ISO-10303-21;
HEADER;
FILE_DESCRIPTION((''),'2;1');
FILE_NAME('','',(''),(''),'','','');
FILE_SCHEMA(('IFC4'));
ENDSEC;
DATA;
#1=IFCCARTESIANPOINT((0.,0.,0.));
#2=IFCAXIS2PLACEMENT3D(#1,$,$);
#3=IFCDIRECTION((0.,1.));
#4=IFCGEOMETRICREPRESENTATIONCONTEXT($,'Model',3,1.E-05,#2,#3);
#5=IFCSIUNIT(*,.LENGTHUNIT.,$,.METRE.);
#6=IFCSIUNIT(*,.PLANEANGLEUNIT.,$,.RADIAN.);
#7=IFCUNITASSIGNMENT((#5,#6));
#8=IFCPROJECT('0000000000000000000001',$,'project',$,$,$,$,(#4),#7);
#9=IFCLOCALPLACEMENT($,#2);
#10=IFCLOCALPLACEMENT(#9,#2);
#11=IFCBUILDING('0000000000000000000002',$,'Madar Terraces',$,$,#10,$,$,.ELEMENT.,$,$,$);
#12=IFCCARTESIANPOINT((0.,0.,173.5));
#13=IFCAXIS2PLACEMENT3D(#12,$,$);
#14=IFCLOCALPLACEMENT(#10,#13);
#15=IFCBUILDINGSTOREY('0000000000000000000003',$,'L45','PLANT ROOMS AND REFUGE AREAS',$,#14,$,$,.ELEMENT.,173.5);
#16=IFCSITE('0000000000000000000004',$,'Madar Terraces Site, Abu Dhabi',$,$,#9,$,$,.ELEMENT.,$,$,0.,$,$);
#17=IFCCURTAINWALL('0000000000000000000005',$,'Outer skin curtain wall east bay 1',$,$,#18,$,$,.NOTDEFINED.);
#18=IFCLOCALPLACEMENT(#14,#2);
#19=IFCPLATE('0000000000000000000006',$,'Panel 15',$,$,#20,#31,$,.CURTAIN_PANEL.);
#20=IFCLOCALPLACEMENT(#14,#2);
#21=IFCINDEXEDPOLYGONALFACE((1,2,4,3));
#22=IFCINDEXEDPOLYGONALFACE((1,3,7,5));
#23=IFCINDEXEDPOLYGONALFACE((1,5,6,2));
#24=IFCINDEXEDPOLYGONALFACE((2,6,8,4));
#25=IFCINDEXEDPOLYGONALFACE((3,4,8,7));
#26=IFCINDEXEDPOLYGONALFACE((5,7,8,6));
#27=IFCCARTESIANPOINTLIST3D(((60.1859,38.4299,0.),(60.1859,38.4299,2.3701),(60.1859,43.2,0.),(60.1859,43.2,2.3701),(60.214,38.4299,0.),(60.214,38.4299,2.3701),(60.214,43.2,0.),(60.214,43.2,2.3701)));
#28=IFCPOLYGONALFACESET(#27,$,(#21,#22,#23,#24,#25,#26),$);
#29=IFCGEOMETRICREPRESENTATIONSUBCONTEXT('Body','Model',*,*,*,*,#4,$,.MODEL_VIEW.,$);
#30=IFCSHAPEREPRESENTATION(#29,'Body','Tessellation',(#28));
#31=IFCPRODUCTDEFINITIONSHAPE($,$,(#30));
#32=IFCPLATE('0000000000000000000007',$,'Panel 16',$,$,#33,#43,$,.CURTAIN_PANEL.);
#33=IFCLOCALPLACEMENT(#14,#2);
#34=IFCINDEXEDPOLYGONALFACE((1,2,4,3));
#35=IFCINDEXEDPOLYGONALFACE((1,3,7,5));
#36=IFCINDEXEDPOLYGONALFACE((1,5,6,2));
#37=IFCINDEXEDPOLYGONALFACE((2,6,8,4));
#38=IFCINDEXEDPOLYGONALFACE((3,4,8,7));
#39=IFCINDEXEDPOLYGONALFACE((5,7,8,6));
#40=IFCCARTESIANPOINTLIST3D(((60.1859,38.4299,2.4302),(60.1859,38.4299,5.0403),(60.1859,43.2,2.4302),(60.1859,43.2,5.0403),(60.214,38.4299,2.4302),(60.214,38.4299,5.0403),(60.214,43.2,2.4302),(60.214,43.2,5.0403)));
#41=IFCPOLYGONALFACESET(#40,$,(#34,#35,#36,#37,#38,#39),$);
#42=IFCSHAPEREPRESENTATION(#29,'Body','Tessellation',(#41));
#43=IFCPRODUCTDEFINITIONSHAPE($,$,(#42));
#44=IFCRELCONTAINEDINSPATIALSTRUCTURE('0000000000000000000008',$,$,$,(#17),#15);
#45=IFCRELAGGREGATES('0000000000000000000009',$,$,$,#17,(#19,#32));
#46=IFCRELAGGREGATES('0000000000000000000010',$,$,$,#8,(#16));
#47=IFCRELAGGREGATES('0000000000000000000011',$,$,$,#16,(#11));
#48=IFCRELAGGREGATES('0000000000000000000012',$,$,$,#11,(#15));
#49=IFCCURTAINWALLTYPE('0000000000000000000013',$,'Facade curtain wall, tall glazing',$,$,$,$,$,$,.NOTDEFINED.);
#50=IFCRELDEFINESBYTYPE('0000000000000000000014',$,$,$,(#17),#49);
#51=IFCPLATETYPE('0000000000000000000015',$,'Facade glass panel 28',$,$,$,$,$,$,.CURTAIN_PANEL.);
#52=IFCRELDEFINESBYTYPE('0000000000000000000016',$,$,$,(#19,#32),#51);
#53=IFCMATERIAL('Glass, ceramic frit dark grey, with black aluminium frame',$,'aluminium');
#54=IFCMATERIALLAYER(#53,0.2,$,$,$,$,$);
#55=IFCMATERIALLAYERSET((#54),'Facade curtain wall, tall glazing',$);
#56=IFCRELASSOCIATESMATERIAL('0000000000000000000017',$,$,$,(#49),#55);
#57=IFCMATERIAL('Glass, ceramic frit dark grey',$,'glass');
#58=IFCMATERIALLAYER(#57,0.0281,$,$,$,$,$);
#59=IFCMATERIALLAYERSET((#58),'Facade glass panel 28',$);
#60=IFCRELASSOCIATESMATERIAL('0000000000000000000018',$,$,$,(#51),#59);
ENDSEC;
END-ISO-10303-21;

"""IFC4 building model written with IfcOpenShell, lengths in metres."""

from ifc_helpers import new_model, si_unit, direction, frame, origin, origin_2d, place, context, subcontext, project, spatial, rectangle, extrude, material, layer, layer_set, type_object, element, aggregate, save


model = new_model("IFC4")

# Units and contexts
model_context = context("Model", 3, precision=1e-05, world=origin(), true_north=direction((0.0, 1.0)))
body_context = subcontext(model_context, "Body", "Model", "MODEL_VIEW")
ifc_project = project(units=[si_unit("LENGTHUNIT", "METRE"), si_unit("PLANEANGLEUNIT", "RADIAN")], contexts=[model_context])

# Site, building, storey
site_placement = place(None, origin())
site = spatial("IfcSite", under=ifc_project, at=site_placement, Name="Madar Terraces Site, Abu Dhabi", CompositionType="ELEMENT", RefElevation=0.0)
building_placement = place(site_placement, origin())
building = spatial("IfcBuilding", under=site, at=building_placement, Name="Madar Terraces", CompositionType="ELEMENT")
storey_placement = place(building_placement, frame((0.0, 0.0, 173.5)))
storey = spatial("IfcBuildingStorey", under=building, at=storey_placement, Name="L45", Description="PLANT ROOMS AND REFUGE AREAS", CompositionType="ELEMENT", Elevation=173.5)

# Curtain wall
ifc_material_1 = material(Name="Glass, ceramic frit dark grey, with black aluminium frame", Category="aluminium")
ifc_layer_1 = layer(ifc_material_1, 0.2)
ifc_layer_set_1 = layer_set([ifc_layer_1], Name="Facade curtain wall, tall glazing")
curtain_wall_type = type_object("IfcCurtainWallType", Name="Facade curtain wall, tall glazing", PredefinedType="NOTDEFINED", material=ifc_layer_set_1)
curtain_wall_placement = place(storey_placement, origin())
curtain_wall = element("IfcCurtainWall", 1, at=curtain_wall_placement, inside=storey, type_object=curtain_wall_type, Name="Outer skin curtain wall east bay 1", PredefinedType="NOTDEFINED")

# Plates
ifc_material_2 = material(Name="Glass, ceramic frit dark grey", Category="glass")
ifc_layer_2 = layer(ifc_material_2, 0.0281)
ifc_layer_set_2 = layer_set([ifc_layer_2], Name="Facade glass panel 28")
plate_type = type_object("IfcPlateType", Name="Facade glass panel 28", PredefinedType="CURTAIN_PANEL", material=ifc_layer_set_2)
plate_1_placement = place(storey_placement, frame((60.2, 40.8149, 0.0), z_axis=(0.0, 0.0, 1.0), x_axis=(0.0, 1.0, 0.0)))
plate_1 = element("IfcPlate", 2, at=plate_1_placement, type_object=plate_type, Name="Panel 15", PredefinedType="CURTAIN_PANEL", context=body_context, shape_type="SweptSolid", body=[
    extrude(rectangle(XDim=4.77, YDim=0.0281, at=origin_2d()), origin(), (0.0, 0.0, 1.0), 2.3701),
])
plate_2_placement = place(storey_placement, frame((60.2, 40.8149, 2.4302), z_axis=(0.0, 0.0, 1.0), x_axis=(0.0, 1.0, 0.0)))
plate_2 = element("IfcPlate", 3, at=plate_2_placement, type_object=plate_type, Name="Panel 16", PredefinedType="CURTAIN_PANEL", context=body_context, shape_type="SweptSolid", body=[
    extrude(rectangle(XDim=4.77, YDim=0.0281, at=origin_2d()), origin(), (0.0, 0.0, 1.0), 2.6101),
])
aggregate(curtain_wall, [plate_1, plate_2])

save(model, "model.ifc")
